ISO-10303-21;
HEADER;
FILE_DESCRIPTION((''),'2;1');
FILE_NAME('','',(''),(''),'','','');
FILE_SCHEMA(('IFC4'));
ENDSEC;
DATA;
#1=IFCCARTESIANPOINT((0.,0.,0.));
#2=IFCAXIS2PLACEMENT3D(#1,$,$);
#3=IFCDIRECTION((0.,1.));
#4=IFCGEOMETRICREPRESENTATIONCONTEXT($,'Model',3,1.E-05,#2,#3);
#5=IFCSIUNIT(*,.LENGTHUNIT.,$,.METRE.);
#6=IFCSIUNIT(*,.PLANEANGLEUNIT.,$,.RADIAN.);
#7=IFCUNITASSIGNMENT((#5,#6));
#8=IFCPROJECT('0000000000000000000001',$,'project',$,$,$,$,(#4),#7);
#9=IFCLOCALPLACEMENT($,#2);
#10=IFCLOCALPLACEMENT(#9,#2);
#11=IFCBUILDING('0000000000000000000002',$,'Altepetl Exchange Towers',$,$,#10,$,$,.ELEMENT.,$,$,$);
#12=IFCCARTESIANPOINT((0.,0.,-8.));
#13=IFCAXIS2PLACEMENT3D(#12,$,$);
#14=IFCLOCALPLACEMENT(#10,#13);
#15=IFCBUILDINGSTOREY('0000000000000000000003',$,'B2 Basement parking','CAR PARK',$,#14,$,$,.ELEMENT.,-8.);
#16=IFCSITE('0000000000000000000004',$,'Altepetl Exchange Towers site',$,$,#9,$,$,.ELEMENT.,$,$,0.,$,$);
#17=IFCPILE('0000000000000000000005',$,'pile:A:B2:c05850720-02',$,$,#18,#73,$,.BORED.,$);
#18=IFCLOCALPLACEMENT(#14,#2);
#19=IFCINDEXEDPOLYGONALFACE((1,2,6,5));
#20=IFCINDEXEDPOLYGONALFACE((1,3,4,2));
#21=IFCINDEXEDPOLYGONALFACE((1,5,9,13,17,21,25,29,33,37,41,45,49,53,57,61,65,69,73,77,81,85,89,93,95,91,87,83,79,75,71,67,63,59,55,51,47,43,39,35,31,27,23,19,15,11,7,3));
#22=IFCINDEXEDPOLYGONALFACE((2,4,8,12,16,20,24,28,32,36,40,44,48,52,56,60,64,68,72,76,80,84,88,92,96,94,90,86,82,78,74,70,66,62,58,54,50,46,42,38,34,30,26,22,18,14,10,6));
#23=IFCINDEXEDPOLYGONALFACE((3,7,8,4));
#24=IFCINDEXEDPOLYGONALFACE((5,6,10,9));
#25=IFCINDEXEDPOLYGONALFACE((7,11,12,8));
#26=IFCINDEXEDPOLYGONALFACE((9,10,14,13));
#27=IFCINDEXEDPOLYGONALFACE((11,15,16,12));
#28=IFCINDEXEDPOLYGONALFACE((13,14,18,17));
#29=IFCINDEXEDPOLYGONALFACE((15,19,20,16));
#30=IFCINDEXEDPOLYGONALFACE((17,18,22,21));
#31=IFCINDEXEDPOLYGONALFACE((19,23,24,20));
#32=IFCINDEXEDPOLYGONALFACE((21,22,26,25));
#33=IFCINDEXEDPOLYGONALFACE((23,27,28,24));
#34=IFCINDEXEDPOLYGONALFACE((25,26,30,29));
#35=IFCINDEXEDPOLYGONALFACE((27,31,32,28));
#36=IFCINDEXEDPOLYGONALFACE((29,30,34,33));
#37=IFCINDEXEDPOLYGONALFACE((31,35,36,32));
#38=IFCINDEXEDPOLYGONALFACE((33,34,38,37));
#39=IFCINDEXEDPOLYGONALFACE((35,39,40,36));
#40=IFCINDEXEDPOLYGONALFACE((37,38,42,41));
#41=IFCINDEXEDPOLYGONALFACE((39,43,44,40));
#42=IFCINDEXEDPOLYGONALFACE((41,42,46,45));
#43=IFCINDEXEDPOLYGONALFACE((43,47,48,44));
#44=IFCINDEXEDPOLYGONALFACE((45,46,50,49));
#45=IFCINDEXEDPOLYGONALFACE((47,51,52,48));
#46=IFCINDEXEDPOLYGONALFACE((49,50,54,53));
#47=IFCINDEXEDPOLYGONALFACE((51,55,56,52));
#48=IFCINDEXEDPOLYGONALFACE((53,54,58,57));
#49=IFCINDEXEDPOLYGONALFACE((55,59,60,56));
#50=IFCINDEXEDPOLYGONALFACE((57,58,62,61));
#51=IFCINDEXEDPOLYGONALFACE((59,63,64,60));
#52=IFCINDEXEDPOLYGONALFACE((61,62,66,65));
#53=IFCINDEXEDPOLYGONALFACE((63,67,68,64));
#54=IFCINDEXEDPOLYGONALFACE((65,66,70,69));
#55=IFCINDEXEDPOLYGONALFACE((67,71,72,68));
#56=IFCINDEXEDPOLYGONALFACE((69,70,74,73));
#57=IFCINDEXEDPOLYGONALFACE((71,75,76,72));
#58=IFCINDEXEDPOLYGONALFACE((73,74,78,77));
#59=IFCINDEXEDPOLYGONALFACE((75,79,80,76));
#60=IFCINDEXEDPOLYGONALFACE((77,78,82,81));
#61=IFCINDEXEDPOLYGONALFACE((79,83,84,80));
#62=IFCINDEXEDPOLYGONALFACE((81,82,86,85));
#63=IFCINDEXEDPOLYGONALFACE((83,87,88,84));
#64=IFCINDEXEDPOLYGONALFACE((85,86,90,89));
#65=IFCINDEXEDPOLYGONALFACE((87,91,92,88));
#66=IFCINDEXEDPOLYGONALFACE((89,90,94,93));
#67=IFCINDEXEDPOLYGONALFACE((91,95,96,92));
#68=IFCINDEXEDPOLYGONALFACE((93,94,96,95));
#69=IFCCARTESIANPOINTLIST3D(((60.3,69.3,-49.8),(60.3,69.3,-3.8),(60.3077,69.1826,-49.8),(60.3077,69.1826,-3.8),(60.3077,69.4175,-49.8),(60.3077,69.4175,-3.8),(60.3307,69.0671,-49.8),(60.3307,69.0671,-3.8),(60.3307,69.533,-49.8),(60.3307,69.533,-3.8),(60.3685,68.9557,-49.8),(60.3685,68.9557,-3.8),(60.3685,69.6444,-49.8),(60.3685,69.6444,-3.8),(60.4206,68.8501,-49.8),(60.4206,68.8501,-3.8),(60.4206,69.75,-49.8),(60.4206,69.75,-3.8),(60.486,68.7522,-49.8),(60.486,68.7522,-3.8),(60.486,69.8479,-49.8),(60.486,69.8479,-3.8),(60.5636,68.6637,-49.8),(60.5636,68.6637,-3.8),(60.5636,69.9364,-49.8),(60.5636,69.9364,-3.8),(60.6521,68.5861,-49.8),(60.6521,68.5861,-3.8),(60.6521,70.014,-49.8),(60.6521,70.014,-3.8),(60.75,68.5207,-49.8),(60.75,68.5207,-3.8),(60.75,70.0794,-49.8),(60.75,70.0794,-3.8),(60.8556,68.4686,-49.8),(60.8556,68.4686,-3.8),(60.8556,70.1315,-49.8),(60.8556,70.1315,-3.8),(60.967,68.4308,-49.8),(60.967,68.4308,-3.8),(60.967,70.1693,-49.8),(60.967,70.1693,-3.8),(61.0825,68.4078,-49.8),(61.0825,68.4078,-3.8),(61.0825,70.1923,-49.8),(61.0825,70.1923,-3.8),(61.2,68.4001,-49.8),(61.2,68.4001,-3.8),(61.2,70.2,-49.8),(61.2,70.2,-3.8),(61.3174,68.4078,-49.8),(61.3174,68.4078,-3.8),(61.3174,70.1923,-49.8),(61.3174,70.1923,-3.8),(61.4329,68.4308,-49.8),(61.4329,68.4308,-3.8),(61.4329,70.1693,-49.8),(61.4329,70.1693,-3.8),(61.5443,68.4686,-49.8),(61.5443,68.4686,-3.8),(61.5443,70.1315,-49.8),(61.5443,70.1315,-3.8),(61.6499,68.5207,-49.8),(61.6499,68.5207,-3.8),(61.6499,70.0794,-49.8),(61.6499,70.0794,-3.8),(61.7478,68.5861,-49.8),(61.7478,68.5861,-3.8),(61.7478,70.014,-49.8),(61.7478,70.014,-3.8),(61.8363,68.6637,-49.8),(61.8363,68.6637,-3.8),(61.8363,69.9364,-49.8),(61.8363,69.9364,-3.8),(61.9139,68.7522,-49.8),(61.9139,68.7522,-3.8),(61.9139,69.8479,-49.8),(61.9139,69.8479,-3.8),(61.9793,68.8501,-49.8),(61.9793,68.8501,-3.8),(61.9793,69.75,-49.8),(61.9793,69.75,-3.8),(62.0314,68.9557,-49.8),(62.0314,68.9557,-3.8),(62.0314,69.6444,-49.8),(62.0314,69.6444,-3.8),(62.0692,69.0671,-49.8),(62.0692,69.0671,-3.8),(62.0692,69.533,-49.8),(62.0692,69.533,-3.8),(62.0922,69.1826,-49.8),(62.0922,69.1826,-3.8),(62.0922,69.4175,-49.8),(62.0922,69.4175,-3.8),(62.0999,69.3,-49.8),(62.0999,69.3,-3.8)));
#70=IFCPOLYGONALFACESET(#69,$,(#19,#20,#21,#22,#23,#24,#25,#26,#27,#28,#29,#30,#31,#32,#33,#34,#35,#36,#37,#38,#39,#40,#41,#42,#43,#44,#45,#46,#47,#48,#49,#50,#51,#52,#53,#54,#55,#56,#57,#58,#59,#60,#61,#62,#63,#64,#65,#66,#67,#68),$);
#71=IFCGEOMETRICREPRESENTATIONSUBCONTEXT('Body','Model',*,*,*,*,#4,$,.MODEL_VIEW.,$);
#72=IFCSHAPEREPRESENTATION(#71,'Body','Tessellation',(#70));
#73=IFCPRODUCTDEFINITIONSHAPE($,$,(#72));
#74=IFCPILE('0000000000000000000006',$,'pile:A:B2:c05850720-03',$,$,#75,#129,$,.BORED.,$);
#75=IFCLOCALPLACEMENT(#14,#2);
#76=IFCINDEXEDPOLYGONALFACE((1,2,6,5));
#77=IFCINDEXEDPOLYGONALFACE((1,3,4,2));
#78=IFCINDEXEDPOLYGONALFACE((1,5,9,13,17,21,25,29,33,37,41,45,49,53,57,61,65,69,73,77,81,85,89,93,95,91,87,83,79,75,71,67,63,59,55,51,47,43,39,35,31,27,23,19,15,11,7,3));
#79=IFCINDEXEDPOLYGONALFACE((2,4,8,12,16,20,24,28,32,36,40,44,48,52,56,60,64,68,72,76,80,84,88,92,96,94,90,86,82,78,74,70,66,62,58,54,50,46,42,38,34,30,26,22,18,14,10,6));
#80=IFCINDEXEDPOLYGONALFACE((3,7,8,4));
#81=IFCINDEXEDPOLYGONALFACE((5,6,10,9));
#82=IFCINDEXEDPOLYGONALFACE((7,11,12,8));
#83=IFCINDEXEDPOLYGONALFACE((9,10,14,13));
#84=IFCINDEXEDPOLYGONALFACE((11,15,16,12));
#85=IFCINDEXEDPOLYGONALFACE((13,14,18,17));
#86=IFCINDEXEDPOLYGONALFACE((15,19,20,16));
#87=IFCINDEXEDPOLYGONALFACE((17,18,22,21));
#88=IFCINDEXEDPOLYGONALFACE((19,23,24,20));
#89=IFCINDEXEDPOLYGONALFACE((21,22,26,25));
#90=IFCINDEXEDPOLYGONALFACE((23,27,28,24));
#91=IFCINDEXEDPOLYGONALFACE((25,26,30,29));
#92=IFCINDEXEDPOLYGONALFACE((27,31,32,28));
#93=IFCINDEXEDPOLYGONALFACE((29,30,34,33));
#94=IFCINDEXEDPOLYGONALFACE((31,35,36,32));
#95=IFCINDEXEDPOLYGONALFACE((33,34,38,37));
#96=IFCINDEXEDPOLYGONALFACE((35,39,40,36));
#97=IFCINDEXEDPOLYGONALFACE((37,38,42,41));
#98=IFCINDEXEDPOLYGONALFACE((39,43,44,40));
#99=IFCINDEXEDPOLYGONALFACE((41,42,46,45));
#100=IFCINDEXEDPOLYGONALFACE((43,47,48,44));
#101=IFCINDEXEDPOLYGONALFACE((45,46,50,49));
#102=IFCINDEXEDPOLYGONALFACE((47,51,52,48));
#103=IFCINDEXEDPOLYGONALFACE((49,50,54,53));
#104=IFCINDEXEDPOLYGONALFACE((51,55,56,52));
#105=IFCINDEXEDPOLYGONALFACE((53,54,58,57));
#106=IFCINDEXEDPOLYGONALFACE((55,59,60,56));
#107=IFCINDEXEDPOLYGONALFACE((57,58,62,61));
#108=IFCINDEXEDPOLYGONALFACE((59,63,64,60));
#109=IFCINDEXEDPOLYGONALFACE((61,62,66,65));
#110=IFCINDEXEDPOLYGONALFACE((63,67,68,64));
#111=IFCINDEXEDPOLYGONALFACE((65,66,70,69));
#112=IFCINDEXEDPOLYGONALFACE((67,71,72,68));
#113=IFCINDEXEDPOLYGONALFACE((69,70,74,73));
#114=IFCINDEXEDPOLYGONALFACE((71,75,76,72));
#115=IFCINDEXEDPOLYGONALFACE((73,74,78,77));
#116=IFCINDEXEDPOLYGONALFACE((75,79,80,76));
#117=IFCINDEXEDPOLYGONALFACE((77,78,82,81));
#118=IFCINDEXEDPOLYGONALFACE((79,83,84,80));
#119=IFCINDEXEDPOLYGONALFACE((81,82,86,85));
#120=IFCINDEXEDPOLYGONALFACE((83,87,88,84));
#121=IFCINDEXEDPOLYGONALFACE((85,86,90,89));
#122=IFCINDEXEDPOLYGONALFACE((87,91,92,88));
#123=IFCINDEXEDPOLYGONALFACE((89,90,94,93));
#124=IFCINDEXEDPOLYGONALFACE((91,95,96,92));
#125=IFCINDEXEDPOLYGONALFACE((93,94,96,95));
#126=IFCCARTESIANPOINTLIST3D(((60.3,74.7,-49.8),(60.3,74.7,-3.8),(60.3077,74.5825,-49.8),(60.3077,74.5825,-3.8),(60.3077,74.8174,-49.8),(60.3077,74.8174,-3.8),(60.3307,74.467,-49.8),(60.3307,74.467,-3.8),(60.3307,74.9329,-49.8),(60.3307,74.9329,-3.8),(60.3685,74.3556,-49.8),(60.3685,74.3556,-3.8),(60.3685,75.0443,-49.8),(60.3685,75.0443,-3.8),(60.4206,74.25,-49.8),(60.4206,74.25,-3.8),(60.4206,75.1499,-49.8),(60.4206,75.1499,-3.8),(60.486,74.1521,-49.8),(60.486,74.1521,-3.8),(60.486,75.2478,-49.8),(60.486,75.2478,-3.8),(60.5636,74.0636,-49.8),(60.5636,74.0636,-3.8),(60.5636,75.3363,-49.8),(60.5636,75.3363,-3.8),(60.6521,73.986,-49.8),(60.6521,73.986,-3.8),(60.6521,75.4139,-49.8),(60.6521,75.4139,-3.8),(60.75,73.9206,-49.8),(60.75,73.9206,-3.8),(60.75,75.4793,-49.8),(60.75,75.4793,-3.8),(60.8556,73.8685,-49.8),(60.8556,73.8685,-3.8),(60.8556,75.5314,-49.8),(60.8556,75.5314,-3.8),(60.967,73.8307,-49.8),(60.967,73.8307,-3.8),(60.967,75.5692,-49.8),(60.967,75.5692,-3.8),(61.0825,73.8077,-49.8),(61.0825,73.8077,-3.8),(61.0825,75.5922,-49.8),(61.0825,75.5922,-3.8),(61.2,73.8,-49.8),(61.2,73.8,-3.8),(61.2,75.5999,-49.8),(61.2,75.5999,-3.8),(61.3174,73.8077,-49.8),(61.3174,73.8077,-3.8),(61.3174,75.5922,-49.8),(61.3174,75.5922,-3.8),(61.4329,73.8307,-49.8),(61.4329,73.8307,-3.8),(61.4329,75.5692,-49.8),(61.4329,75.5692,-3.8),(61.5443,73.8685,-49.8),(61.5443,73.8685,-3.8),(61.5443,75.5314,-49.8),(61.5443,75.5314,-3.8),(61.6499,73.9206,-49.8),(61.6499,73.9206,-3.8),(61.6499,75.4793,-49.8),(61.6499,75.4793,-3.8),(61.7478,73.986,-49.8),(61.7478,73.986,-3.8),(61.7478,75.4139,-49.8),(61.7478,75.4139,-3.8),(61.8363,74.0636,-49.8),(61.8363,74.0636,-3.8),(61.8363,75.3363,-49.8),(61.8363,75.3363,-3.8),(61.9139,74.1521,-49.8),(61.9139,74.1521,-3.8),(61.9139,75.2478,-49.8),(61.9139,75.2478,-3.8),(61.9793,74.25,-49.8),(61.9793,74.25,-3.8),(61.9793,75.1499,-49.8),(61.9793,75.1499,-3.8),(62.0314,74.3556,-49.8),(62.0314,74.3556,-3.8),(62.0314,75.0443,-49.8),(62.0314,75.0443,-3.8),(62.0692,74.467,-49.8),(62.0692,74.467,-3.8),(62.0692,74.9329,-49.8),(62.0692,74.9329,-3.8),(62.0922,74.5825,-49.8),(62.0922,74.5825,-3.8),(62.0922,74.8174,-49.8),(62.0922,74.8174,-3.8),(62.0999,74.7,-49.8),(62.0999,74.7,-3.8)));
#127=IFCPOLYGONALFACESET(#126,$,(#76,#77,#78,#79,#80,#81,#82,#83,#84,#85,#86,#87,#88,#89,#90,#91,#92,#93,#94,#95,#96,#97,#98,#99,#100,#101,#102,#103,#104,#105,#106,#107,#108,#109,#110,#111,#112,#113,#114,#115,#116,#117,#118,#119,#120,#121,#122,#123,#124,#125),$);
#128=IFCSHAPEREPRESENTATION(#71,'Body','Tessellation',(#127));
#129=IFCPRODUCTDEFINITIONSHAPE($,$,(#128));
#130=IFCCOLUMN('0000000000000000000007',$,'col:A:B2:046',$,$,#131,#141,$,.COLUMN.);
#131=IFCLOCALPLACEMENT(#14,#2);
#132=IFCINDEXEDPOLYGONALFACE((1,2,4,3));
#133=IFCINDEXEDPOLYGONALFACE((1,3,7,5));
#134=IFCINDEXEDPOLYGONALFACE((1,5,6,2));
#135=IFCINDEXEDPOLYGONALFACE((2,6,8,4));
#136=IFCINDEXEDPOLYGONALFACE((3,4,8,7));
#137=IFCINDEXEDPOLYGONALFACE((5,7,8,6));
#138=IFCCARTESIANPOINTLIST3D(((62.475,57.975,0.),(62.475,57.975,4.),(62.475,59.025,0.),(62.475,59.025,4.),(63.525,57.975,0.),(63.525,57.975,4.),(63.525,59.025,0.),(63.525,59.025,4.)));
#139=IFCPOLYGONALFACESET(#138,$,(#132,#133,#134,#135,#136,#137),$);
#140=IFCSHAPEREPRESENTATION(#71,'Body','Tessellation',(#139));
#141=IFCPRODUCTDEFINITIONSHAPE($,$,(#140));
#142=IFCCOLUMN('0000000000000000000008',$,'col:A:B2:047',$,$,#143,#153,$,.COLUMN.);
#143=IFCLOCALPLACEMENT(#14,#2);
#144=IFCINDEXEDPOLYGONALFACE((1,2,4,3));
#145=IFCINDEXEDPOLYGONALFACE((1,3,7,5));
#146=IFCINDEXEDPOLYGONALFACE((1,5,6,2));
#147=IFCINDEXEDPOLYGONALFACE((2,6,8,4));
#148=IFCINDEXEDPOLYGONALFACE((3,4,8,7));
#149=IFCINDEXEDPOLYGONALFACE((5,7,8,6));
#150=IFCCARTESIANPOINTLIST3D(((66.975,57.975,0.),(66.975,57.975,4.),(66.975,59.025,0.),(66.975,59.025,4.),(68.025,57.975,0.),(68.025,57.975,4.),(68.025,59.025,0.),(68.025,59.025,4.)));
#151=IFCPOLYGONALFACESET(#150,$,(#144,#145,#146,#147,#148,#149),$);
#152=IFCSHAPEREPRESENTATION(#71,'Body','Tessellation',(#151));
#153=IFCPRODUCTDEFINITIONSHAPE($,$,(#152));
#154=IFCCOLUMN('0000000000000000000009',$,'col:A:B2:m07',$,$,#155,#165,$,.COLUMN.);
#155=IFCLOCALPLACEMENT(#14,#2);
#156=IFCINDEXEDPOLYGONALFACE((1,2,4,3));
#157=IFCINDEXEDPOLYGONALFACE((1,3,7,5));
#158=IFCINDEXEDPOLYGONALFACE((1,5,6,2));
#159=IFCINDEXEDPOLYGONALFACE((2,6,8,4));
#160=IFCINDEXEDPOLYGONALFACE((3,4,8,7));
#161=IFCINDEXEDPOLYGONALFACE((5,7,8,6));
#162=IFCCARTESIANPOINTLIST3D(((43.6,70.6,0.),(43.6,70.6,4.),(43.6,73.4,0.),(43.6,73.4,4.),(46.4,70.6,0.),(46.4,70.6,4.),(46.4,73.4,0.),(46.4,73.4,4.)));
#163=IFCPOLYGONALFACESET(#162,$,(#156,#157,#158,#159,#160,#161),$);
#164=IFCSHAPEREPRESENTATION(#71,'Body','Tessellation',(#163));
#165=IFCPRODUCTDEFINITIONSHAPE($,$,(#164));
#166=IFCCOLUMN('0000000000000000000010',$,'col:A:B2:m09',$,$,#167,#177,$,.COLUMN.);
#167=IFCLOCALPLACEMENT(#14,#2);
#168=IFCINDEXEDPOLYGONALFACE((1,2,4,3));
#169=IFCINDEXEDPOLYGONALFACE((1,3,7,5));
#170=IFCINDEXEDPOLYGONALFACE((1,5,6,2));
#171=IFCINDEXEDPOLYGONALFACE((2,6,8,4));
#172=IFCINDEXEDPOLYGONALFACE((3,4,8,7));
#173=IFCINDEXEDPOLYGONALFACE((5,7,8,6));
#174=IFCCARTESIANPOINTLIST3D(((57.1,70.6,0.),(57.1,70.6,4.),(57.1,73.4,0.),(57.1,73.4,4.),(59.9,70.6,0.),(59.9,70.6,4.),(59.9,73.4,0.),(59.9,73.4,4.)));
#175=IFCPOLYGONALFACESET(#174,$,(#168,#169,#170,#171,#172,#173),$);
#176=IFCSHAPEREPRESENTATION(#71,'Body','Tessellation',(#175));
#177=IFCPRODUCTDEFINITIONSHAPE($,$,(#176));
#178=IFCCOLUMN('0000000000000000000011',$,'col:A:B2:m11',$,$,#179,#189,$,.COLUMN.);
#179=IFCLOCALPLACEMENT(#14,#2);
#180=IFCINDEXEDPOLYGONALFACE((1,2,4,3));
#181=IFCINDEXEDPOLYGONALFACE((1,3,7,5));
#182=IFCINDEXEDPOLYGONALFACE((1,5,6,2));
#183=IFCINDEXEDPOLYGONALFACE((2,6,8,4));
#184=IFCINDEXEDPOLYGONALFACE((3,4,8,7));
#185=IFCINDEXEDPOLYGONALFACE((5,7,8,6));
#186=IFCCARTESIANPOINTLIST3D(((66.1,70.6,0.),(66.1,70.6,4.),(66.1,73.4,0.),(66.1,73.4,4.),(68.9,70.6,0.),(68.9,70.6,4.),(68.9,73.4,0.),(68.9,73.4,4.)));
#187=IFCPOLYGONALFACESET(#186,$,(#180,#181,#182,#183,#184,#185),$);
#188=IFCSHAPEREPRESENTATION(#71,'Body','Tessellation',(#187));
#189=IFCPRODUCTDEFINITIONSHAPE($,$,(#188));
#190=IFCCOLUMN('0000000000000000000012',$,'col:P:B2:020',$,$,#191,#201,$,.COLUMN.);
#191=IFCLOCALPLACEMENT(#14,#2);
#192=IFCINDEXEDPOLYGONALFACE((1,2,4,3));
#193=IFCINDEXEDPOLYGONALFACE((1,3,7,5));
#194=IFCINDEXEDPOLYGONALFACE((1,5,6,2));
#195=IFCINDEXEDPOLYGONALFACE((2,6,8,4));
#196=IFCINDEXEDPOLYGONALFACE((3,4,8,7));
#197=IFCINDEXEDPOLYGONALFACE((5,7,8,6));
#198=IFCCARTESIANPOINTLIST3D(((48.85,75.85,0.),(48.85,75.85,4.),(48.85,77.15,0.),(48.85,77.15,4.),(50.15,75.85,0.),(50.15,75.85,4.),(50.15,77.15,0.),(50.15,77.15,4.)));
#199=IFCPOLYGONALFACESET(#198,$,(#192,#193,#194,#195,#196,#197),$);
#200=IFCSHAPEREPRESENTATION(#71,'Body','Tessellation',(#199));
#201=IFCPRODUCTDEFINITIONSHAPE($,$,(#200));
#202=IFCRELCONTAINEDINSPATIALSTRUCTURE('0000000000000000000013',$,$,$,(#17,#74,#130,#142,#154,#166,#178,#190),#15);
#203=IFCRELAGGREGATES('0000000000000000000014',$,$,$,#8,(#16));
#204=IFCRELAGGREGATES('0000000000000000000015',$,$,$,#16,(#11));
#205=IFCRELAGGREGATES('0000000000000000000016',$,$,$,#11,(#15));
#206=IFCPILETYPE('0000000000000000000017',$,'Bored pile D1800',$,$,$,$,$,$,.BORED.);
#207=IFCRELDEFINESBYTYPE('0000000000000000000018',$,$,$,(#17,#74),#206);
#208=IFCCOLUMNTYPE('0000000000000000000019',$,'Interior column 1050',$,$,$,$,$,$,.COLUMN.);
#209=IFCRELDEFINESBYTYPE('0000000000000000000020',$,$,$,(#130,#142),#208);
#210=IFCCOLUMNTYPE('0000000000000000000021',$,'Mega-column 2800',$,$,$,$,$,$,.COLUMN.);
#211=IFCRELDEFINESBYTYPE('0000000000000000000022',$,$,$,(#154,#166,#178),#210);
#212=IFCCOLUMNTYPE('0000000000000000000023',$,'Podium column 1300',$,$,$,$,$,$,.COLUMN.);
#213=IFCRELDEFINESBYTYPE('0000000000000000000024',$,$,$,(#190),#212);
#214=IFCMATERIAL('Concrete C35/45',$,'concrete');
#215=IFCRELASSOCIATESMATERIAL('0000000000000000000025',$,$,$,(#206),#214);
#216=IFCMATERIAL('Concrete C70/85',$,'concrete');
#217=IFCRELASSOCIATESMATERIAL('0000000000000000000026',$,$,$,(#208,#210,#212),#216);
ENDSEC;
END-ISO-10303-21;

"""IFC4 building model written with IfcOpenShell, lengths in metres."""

from ifc_helpers import new_model, si_unit, direction, frame, origin, origin_2d, place, context, subcontext, project, spatial, rectangle, circle, extrude, material, material_profile, profile_set, type_object, element, save


model = new_model("IFC4")

# Units and contexts
model_context = context("Model", 3, precision=1e-05, world=origin(), true_north=direction((0.0, 1.0)))
body_context = subcontext(model_context, "Body", "Model", "MODEL_VIEW")
ifc_project = project(units=[si_unit("LENGTHUNIT", "METRE"), si_unit("PLANEANGLEUNIT", "RADIAN")], contexts=[model_context])

# Site, building, storey
site_placement = place(None, origin())
site = spatial("IfcSite", under=ifc_project, at=site_placement, Name="Altepetl Exchange Towers site", CompositionType="ELEMENT", RefElevation=0.0)
building_placement = place(site_placement, origin())
building = spatial("IfcBuilding", under=site, at=building_placement, Name="Altepetl Exchange Towers", CompositionType="ELEMENT")
storey_placement = place(building_placement, frame((0.0, 0.0, -8.0)))
storey = spatial("IfcBuildingStorey", under=building, at=storey_placement, Name="B2 Basement parking", Description="CAR PARK", CompositionType="ELEMENT", Elevation=-8.0)

# Piles
ifc_material_1 = material(Name="Concrete C35/45", Category="concrete")
ifc_material_profile_1 = material_profile(ifc_material_1, circle(Radius=0.8999, at=origin_2d()), Name="D1800")
ifc_profile_set_1 = profile_set([ifc_material_profile_1], Name="Concrete C35/45")
pile_type_1 = type_object("IfcPileType", Name="Bored pile D1800", PredefinedType="BORED", material=ifc_profile_set_1)
for number, where, z_axis, x_axis, name in (
    (1, (61.2, 69.3, -3.8), (0.0, 0.0, -1.0), (1.0, 0.0, 0.0), "pile:A:B2:c05850720-02"),
    (2, (61.2, 74.7, -3.8), (0.0, 0.0, -1.0), (1.0, 0.0, 0.0), "pile:A:B2:c05850720-03"),
):
    element("IfcPile", number, at=place(storey_placement, frame(where, z_axis=z_axis, x_axis=x_axis)), inside=storey, type_object=pile_type_1, Name=name, PredefinedType="BORED", context=body_context, shape_type="SweptSolid", body=[
        extrude(circle(Radius=0.8999, at=origin_2d()), origin(), (0.0, 0.0, 1.0), 46.0),
    ])

# Columns
ifc_material_2 = material(Name="Concrete C70/85", Category="concrete")
ifc_material_profile_2 = material_profile(ifc_material_2, rectangle(XDim=1.05, YDim=1.05, at=origin_2d()), Name="1050 x 1050")
ifc_profile_set_2 = profile_set([ifc_material_profile_2], Name="Concrete C70/85")
column_type_1 = type_object("IfcColumnType", Name="Interior column 1050", PredefinedType="COLUMN", material=ifc_profile_set_2)
for number, where, name in (
    (3, (63.0, 58.5, 0.0), "col:A:B2:046"),
    (4, (67.5, 58.5, 0.0), "col:A:B2:047"),
):
    element("IfcColumn", number, at=place(storey_placement, frame(where)), inside=storey, type_object=column_type_1, Name=name, PredefinedType="COLUMN", context=body_context, shape_type="SweptSolid", body=[
        extrude(rectangle(XDim=1.05, YDim=1.05, at=origin_2d()), origin(), (0.0, 0.0, 1.0), 4.0),
    ])
ifc_material_profile_3 = material_profile(ifc_material_2, rectangle(XDim=2.8, YDim=2.8, at=origin_2d()), Name="2800 x 2800")
ifc_profile_set_3 = profile_set([ifc_material_profile_3], Name="Concrete C70/85")
column_type_2 = type_object("IfcColumnType", Name="Mega-column 2800", PredefinedType="COLUMN", material=ifc_profile_set_3)
for number, where, name in (
    (5, (45.0, 72.0, 0.0), "col:A:B2:m07"),
    (6, (58.5, 72.0, 0.0), "col:A:B2:m09"),
    (7, (67.5, 72.0, 0.0), "col:A:B2:m11"),
):
    element("IfcColumn", number, at=place(storey_placement, frame(where)), inside=storey, type_object=column_type_2, Name=name, PredefinedType="COLUMN", context=body_context, shape_type="SweptSolid", body=[
        extrude(rectangle(XDim=2.8, YDim=2.8, at=origin_2d()), origin(), (0.0, 0.0, 1.0), 4.0),
    ])
ifc_material_profile_4 = material_profile(ifc_material_2, rectangle(XDim=1.3, YDim=1.3, at=origin_2d()), Name="1300 x 1300")
ifc_profile_set_4 = profile_set([ifc_material_profile_4], Name="Concrete C70/85")
column_type_3 = type_object("IfcColumnType", Name="Podium column 1300", PredefinedType="COLUMN", material=ifc_profile_set_4)
for number, where, name in (
    (8, (49.5, 76.5, 0.0), "col:P:B2:020"),
):
    element("IfcColumn", number, at=place(storey_placement, frame(where)), inside=storey, type_object=column_type_3, Name=name, PredefinedType="COLUMN", context=body_context, shape_type="SweptSolid", body=[
        extrude(rectangle(XDim=1.3, YDim=1.3, at=origin_2d()), origin(), (0.0, 0.0, 1.0), 4.0),
    ])

save(model, "model.ifc")
